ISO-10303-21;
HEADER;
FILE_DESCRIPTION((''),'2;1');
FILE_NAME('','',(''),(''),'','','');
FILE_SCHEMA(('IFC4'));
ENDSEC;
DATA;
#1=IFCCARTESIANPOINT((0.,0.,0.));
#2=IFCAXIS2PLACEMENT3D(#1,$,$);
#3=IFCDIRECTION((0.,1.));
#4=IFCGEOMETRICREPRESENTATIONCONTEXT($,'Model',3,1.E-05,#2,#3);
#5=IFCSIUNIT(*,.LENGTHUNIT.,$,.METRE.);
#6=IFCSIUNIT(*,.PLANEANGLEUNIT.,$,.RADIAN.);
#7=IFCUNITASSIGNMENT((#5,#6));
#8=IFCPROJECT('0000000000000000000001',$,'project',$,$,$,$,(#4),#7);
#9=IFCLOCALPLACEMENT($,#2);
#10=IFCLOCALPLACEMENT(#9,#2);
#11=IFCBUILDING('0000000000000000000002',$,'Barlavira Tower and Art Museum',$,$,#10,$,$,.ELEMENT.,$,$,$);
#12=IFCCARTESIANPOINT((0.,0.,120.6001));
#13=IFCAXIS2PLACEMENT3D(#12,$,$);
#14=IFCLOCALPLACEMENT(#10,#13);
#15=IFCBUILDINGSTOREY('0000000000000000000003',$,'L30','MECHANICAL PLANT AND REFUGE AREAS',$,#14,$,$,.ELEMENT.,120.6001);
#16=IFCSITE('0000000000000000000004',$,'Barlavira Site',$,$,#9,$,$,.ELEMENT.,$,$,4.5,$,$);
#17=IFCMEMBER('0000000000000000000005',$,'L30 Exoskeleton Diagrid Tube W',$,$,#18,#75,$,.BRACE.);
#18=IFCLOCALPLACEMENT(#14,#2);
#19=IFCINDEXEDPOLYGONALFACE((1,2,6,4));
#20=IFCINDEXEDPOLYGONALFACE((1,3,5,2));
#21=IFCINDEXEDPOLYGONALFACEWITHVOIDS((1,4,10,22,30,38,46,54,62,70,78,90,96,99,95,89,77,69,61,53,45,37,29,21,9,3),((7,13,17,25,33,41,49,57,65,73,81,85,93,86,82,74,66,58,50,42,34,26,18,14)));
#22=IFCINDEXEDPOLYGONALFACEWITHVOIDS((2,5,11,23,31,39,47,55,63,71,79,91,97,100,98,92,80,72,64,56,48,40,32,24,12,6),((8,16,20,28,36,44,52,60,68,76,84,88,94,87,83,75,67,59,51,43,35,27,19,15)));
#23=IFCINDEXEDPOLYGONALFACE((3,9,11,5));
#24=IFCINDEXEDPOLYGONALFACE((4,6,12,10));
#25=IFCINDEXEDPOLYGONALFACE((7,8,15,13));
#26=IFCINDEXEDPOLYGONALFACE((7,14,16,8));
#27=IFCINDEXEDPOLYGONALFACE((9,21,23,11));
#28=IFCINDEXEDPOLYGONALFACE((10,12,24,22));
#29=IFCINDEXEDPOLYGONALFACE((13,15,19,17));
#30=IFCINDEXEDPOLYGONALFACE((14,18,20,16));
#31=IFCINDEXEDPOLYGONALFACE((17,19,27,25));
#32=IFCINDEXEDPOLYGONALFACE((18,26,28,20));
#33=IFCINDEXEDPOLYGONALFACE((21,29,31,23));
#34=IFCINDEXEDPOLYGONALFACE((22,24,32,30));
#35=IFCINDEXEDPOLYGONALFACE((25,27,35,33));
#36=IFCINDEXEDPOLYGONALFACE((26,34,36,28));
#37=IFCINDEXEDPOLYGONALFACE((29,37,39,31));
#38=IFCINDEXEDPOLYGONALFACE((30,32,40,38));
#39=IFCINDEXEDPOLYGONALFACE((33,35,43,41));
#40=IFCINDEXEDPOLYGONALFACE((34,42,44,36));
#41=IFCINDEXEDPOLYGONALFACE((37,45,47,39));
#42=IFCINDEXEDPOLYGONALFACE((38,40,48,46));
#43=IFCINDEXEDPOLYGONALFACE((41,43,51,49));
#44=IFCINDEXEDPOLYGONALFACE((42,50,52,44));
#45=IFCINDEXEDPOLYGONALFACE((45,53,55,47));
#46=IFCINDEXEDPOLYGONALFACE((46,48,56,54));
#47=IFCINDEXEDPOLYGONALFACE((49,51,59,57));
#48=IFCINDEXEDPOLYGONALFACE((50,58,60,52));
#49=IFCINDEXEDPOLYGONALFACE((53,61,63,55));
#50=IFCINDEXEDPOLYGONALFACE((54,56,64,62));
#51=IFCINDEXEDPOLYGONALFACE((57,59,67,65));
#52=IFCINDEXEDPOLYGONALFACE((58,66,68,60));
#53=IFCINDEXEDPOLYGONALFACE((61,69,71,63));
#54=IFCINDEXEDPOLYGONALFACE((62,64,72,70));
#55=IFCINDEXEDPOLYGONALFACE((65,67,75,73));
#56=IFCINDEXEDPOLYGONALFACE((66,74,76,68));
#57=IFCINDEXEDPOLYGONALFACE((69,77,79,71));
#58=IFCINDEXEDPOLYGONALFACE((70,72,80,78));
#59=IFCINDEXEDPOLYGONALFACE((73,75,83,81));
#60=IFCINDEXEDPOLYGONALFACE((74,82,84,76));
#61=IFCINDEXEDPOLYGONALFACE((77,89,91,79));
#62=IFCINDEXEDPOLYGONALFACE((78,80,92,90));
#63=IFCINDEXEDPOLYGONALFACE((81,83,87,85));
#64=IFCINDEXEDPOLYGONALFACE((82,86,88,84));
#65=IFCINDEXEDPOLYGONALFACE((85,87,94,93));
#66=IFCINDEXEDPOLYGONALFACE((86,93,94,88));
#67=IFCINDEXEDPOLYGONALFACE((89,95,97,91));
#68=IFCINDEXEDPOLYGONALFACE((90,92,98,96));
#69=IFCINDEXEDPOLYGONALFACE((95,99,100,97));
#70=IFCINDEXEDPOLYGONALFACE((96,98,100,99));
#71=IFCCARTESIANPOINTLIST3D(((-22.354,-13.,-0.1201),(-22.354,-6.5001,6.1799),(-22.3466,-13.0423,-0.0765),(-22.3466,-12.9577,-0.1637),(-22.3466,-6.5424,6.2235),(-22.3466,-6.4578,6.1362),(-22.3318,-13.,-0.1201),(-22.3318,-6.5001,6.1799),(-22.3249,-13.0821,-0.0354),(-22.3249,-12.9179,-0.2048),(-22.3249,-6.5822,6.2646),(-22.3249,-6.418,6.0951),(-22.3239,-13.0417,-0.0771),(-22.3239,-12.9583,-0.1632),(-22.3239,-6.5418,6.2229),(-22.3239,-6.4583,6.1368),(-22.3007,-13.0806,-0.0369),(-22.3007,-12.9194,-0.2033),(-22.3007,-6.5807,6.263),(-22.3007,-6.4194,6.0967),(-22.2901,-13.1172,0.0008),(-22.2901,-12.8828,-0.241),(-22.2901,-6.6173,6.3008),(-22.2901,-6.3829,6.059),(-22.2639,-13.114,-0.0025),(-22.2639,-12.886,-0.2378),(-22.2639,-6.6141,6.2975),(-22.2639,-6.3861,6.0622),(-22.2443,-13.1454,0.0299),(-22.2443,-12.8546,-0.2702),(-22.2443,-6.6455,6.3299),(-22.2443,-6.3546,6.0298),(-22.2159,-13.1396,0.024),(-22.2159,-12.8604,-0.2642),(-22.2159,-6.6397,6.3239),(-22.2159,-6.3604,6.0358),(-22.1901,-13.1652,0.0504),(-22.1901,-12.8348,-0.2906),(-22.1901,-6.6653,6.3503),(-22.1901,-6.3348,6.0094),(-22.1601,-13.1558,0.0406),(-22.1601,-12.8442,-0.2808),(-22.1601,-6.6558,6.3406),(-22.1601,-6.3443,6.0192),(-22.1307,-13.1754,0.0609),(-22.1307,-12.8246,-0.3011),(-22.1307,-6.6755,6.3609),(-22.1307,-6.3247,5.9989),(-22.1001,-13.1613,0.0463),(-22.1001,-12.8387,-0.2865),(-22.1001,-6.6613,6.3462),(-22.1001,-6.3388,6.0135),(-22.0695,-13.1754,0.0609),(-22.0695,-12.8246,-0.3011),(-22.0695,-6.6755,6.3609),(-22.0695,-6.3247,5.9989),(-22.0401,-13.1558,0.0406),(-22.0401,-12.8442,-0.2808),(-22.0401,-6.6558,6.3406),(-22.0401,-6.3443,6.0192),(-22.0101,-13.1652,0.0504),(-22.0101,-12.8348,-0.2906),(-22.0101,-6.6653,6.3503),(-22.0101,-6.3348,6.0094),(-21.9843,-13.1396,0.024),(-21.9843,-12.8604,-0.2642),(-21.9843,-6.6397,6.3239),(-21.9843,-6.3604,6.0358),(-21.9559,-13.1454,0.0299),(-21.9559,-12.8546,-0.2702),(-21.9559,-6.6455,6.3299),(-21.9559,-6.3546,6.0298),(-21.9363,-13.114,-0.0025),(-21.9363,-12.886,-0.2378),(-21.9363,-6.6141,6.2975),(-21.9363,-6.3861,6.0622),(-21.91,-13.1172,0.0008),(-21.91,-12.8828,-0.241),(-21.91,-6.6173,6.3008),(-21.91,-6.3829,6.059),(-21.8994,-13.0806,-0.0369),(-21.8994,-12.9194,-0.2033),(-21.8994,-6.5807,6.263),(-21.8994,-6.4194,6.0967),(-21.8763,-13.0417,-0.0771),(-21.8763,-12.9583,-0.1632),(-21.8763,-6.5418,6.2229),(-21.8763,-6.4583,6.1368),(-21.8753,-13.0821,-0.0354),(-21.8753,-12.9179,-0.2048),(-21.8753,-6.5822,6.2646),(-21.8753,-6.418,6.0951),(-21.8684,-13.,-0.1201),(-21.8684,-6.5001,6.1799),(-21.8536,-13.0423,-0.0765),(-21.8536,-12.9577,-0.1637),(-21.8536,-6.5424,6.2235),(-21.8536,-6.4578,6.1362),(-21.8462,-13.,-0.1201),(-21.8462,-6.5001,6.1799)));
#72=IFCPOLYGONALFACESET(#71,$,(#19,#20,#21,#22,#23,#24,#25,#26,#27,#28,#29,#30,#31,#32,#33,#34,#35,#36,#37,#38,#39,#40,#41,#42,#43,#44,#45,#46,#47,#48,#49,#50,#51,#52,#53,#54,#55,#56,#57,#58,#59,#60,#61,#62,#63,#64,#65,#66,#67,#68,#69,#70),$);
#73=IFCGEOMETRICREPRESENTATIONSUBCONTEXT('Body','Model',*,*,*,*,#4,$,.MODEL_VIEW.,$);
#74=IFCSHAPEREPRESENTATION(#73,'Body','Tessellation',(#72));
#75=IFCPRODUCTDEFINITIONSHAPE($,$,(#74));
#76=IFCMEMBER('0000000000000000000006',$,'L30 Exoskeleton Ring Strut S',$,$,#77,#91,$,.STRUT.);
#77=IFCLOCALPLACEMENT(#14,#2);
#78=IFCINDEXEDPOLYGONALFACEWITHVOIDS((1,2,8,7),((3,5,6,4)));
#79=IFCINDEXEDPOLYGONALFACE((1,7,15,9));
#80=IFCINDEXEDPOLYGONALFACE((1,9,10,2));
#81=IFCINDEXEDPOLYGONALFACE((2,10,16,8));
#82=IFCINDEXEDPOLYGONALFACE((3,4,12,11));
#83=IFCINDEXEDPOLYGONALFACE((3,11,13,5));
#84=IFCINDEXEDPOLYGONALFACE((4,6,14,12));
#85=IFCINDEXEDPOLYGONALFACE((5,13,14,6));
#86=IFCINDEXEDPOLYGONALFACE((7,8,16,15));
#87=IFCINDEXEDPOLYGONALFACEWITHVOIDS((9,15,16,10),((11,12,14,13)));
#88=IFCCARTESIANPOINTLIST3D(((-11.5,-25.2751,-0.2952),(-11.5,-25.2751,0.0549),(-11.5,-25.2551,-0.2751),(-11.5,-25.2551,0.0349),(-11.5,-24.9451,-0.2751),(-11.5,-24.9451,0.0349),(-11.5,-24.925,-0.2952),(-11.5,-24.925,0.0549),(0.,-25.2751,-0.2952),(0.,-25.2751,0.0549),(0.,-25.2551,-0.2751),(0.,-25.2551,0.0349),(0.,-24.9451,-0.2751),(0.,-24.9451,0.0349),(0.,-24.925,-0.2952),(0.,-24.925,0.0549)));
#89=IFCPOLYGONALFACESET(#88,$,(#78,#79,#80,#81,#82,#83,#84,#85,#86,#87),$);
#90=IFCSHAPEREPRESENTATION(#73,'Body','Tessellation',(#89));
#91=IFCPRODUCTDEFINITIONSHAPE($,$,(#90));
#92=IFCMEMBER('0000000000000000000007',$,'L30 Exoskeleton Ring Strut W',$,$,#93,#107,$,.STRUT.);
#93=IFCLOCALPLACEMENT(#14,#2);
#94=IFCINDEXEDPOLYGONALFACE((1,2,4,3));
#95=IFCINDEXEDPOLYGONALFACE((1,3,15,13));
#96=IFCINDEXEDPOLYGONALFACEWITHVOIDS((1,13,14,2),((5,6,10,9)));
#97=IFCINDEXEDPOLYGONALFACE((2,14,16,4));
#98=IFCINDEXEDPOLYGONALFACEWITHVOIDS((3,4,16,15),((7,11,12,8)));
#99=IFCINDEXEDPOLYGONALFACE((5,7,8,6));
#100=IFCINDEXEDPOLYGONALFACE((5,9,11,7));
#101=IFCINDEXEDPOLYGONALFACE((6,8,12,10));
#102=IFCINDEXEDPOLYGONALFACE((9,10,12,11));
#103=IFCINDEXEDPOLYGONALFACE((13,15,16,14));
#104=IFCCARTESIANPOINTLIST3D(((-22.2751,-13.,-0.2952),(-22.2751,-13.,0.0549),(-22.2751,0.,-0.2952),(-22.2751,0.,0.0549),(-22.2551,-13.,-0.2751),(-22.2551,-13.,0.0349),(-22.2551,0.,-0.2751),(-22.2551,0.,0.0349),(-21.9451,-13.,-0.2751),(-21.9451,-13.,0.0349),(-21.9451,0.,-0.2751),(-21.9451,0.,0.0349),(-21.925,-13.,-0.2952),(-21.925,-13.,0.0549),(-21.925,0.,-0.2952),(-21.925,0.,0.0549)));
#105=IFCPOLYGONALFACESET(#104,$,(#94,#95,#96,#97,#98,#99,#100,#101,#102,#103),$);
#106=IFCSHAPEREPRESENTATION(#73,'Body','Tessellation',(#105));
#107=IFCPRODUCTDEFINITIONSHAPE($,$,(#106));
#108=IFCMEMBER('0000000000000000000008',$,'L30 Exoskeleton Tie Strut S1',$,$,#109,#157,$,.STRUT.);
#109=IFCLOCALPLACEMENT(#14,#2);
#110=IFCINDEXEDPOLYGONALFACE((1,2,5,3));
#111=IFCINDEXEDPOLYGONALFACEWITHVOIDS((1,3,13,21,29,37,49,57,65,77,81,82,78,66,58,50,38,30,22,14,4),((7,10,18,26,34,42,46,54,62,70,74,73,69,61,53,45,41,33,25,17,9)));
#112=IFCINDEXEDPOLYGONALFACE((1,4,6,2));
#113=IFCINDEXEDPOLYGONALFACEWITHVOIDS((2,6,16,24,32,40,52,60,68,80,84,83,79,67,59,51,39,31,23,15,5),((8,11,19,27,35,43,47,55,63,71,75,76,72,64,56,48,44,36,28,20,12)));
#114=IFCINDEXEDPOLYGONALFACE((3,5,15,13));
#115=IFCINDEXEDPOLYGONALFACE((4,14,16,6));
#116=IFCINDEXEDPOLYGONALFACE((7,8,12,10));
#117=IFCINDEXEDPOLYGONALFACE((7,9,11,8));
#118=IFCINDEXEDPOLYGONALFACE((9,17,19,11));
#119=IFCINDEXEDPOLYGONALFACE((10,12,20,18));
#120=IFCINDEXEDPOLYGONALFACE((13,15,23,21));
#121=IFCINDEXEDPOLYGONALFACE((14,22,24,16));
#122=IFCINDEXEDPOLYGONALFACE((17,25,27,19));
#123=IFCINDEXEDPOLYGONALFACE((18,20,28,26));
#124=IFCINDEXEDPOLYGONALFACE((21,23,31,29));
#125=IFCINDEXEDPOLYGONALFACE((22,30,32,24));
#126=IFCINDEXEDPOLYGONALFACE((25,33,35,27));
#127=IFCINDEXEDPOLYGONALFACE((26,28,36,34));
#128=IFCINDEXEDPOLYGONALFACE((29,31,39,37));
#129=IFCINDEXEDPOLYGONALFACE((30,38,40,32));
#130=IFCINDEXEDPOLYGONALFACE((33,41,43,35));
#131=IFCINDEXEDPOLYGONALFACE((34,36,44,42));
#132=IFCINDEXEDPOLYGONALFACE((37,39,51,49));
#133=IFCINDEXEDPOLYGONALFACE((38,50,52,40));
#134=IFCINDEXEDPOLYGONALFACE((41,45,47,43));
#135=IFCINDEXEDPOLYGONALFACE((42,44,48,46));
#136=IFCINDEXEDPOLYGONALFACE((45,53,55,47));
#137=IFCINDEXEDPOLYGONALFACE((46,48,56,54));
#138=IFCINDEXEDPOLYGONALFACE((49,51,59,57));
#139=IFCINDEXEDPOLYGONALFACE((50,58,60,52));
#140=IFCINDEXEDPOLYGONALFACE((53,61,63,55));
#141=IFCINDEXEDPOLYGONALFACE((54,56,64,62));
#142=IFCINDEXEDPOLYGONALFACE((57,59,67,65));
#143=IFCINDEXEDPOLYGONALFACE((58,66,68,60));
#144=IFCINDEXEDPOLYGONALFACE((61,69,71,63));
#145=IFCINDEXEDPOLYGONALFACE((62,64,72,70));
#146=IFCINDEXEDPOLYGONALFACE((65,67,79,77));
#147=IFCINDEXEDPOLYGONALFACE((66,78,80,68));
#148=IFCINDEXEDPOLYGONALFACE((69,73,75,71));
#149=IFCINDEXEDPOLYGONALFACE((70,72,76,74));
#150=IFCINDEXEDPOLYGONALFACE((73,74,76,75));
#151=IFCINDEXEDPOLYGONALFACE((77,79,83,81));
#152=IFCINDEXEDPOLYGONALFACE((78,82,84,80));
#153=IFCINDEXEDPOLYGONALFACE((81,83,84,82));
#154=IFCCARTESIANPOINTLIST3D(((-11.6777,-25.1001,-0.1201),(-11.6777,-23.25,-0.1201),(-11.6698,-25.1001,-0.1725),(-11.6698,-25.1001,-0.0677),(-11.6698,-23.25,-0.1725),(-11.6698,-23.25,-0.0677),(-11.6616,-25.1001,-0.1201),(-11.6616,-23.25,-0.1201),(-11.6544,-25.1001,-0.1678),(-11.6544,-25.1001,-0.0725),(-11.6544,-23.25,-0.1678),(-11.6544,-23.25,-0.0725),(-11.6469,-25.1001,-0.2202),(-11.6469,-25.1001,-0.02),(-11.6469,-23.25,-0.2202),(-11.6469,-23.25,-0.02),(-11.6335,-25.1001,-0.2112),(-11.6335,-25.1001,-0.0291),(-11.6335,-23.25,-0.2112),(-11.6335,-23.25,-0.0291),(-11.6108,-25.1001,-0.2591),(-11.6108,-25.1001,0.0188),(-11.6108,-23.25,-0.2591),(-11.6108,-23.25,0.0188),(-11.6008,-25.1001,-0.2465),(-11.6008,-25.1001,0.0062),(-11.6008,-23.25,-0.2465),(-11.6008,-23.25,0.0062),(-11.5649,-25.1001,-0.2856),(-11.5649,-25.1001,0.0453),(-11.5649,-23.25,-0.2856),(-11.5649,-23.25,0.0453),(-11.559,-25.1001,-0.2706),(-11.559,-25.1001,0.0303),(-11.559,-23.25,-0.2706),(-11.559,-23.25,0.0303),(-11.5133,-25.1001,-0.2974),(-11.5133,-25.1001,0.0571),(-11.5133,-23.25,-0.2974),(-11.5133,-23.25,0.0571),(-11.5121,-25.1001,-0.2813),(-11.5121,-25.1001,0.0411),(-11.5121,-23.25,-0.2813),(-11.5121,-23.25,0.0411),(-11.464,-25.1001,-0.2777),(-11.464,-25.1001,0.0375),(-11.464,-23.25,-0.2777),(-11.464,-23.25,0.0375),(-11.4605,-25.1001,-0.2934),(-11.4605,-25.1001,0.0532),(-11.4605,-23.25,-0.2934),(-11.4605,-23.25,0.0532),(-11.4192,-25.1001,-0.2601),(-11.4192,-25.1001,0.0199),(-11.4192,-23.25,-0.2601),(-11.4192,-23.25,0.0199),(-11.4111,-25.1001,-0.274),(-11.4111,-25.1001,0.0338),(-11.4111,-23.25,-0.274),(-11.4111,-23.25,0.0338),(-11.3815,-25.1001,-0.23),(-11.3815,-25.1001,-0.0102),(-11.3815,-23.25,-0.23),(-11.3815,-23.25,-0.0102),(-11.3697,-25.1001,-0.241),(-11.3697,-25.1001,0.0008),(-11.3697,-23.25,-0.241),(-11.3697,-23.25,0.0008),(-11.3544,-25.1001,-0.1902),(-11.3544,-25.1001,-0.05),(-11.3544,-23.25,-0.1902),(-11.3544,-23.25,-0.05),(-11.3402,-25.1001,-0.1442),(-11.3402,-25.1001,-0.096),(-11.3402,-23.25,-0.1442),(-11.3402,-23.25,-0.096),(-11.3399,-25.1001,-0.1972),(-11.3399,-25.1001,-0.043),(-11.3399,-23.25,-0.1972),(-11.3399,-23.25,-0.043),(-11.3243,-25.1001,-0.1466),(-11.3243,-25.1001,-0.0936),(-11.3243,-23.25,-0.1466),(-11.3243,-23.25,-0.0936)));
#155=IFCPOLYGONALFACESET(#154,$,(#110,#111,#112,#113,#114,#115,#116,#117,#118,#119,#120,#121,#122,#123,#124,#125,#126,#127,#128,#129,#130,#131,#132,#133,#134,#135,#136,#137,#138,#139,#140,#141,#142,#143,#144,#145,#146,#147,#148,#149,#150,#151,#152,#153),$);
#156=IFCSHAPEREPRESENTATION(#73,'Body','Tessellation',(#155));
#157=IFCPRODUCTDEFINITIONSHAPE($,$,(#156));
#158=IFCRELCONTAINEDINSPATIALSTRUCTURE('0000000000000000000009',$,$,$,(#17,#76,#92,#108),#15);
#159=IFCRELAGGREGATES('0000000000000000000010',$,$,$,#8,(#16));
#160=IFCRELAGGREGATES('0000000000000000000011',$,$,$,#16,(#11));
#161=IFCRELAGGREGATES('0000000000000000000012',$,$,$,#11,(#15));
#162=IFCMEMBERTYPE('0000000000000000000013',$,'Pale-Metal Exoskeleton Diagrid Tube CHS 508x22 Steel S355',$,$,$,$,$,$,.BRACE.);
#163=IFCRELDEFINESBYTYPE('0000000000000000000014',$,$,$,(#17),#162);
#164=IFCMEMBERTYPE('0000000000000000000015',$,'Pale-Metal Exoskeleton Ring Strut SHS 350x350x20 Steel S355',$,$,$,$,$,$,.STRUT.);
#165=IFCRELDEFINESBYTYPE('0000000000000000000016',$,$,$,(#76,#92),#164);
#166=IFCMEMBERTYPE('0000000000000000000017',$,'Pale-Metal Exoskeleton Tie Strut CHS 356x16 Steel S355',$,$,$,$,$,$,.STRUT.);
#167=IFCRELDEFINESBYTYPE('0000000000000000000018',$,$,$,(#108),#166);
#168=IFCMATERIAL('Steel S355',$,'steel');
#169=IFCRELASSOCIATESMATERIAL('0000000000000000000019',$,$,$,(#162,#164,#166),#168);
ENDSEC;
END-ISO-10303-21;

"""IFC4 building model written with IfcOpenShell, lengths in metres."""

from ifc_helpers import new_model, si_unit, direction, frame, origin, origin_2d, place, context, subcontext, project, spatial, hollow_rectangle, hollow_circle, extrude, material, material_profile, profile_set, type_object, element, save


model = new_model("IFC4")

# Units and contexts
model_context = context("Model", 3, precision=1e-05, world=origin(), true_north=direction((0.0, 1.0)))
body_context = subcontext(model_context, "Body", "Model", "MODEL_VIEW")
ifc_project = project(units=[si_unit("LENGTHUNIT", "METRE"), si_unit("PLANEANGLEUNIT", "RADIAN")], contexts=[model_context])

# Site, building, storey
site_placement = place(None, origin())
site = spatial("IfcSite", under=ifc_project, at=site_placement, Name="Barlavira Site", CompositionType="ELEMENT", RefElevation=4.5)
building_placement = place(site_placement, origin())
building = spatial("IfcBuilding", under=site, at=building_placement, Name="Barlavira Tower and Art Museum", CompositionType="ELEMENT")
storey_placement = place(building_placement, frame((0.0, 0.0, 120.6001)))
storey = spatial("IfcBuildingStorey", under=building, at=storey_placement, Name="L30", Description="MECHANICAL PLANT AND REFUGE AREAS", CompositionType="ELEMENT", Elevation=120.6001)

# Members
ifc_material_1 = material(Name="Steel S355", Category="steel")
ifc_material_profile_1 = material_profile(ifc_material_1, hollow_circle(Radius=0.2539, WallThickness=0.0222, at=origin_2d()), Name="CHS 508.0x22.2")
ifc_profile_set_1 = profile_set([ifc_material_profile_1], Name="Steel S355")
member_type_1 = type_object("IfcMemberType", Name="Pale-Metal Exoskeleton Diagrid Tube CHS 508x22 Steel S355", PredefinedType="BRACE", material=ifc_profile_set_1)
member_1_placement = place(storey_placement, frame((-22.1001, -13.0, -0.1201), z_axis=(0.0, 0.718065, 0.695976), x_axis=(-1.0, 0.0, 0.0)))
element("IfcMember", 1, at=member_1_placement, inside=storey, type_object=member_type_1, Name="L30 Exoskeleton Diagrid Tube W", PredefinedType="BRACE", context=body_context, shape_type="SweptSolid", body=[
    extrude(hollow_circle(Radius=0.2539, WallThickness=0.0222, at=origin_2d()), origin(), (0.0, 0.0, 1.0), 9.052),
])
ifc_material_profile_2 = material_profile(ifc_material_1, hollow_rectangle(XDim=0.3501, YDim=0.3501, WallThickness=0.02, at=origin_2d()), Name="SHS 350x350x20.0")
ifc_profile_set_2 = profile_set([ifc_material_profile_2], Name="Steel S355")
member_type_2 = type_object("IfcMemberType", Name="Pale-Metal Exoskeleton Ring Strut SHS 350x350x20 Steel S355", PredefinedType="STRUT", material=ifc_profile_set_2)
member_2_placement = place(storey_placement, frame((-11.5, -25.1001, -0.1201), z_axis=(1.0, 0.0, 0.0), x_axis=(0.0, 1.0, 0.0)))
element("IfcMember", 2, at=member_2_placement, inside=storey, type_object=member_type_2, Name="L30 Exoskeleton Ring Strut S", PredefinedType="STRUT", context=body_context, shape_type="SweptSolid", body=[
    extrude(hollow_rectangle(XDim=0.3501, YDim=0.3501, WallThickness=0.02, at=origin_2d()), origin(), (0.0, 0.0, 1.0), 11.5),
])
member_3_placement = place(storey_placement, frame((-22.1001, -13.0, -0.1201), z_axis=(0.0, 1.0, 0.0), x_axis=(-1.0, 0.0, 0.0)))
element("IfcMember", 3, at=member_3_placement, inside=storey, type_object=member_type_2, Name="L30 Exoskeleton Ring Strut W", PredefinedType="STRUT", context=body_context, shape_type="SweptSolid", body=[
    extrude(hollow_rectangle(XDim=0.3501, YDim=0.3501, WallThickness=0.02, at=origin_2d()), origin(), (0.0, 0.0, 1.0), 13.0),
])
ifc_material_profile_3 = material_profile(ifc_material_1, hollow_circle(Radius=0.1777, WallThickness=0.0161, at=origin_2d()), Name="CHS 355.6x16.0")
ifc_profile_set_3 = profile_set([ifc_material_profile_3], Name="Steel S355")
member_type_3 = type_object("IfcMemberType", Name="Pale-Metal Exoskeleton Tie Strut CHS 356x16 Steel S355", PredefinedType="STRUT", material=ifc_profile_set_3)
for number, where, z_axis, x_axis, name in (
    (4, (-11.5, -25.1001, -0.1201), (0.0, 1.0, 0.0), (-1.0, 0.0, 0.0), "L30 Exoskeleton Tie Strut S1"),
):
    element("IfcMember", number, at=place(storey_placement, frame(where, z_axis=z_axis, x_axis=x_axis)), inside=storey, type_object=member_type_3, Name=name, PredefinedType="STRUT", context=body_context, shape_type="SweptSolid", body=[
        extrude(hollow_circle(Radius=0.1777, WallThickness=0.0161, at=origin_2d()), origin(), (0.0, 0.0, 1.0), 1.8501),
    ])

save(model, "model.ifc")
